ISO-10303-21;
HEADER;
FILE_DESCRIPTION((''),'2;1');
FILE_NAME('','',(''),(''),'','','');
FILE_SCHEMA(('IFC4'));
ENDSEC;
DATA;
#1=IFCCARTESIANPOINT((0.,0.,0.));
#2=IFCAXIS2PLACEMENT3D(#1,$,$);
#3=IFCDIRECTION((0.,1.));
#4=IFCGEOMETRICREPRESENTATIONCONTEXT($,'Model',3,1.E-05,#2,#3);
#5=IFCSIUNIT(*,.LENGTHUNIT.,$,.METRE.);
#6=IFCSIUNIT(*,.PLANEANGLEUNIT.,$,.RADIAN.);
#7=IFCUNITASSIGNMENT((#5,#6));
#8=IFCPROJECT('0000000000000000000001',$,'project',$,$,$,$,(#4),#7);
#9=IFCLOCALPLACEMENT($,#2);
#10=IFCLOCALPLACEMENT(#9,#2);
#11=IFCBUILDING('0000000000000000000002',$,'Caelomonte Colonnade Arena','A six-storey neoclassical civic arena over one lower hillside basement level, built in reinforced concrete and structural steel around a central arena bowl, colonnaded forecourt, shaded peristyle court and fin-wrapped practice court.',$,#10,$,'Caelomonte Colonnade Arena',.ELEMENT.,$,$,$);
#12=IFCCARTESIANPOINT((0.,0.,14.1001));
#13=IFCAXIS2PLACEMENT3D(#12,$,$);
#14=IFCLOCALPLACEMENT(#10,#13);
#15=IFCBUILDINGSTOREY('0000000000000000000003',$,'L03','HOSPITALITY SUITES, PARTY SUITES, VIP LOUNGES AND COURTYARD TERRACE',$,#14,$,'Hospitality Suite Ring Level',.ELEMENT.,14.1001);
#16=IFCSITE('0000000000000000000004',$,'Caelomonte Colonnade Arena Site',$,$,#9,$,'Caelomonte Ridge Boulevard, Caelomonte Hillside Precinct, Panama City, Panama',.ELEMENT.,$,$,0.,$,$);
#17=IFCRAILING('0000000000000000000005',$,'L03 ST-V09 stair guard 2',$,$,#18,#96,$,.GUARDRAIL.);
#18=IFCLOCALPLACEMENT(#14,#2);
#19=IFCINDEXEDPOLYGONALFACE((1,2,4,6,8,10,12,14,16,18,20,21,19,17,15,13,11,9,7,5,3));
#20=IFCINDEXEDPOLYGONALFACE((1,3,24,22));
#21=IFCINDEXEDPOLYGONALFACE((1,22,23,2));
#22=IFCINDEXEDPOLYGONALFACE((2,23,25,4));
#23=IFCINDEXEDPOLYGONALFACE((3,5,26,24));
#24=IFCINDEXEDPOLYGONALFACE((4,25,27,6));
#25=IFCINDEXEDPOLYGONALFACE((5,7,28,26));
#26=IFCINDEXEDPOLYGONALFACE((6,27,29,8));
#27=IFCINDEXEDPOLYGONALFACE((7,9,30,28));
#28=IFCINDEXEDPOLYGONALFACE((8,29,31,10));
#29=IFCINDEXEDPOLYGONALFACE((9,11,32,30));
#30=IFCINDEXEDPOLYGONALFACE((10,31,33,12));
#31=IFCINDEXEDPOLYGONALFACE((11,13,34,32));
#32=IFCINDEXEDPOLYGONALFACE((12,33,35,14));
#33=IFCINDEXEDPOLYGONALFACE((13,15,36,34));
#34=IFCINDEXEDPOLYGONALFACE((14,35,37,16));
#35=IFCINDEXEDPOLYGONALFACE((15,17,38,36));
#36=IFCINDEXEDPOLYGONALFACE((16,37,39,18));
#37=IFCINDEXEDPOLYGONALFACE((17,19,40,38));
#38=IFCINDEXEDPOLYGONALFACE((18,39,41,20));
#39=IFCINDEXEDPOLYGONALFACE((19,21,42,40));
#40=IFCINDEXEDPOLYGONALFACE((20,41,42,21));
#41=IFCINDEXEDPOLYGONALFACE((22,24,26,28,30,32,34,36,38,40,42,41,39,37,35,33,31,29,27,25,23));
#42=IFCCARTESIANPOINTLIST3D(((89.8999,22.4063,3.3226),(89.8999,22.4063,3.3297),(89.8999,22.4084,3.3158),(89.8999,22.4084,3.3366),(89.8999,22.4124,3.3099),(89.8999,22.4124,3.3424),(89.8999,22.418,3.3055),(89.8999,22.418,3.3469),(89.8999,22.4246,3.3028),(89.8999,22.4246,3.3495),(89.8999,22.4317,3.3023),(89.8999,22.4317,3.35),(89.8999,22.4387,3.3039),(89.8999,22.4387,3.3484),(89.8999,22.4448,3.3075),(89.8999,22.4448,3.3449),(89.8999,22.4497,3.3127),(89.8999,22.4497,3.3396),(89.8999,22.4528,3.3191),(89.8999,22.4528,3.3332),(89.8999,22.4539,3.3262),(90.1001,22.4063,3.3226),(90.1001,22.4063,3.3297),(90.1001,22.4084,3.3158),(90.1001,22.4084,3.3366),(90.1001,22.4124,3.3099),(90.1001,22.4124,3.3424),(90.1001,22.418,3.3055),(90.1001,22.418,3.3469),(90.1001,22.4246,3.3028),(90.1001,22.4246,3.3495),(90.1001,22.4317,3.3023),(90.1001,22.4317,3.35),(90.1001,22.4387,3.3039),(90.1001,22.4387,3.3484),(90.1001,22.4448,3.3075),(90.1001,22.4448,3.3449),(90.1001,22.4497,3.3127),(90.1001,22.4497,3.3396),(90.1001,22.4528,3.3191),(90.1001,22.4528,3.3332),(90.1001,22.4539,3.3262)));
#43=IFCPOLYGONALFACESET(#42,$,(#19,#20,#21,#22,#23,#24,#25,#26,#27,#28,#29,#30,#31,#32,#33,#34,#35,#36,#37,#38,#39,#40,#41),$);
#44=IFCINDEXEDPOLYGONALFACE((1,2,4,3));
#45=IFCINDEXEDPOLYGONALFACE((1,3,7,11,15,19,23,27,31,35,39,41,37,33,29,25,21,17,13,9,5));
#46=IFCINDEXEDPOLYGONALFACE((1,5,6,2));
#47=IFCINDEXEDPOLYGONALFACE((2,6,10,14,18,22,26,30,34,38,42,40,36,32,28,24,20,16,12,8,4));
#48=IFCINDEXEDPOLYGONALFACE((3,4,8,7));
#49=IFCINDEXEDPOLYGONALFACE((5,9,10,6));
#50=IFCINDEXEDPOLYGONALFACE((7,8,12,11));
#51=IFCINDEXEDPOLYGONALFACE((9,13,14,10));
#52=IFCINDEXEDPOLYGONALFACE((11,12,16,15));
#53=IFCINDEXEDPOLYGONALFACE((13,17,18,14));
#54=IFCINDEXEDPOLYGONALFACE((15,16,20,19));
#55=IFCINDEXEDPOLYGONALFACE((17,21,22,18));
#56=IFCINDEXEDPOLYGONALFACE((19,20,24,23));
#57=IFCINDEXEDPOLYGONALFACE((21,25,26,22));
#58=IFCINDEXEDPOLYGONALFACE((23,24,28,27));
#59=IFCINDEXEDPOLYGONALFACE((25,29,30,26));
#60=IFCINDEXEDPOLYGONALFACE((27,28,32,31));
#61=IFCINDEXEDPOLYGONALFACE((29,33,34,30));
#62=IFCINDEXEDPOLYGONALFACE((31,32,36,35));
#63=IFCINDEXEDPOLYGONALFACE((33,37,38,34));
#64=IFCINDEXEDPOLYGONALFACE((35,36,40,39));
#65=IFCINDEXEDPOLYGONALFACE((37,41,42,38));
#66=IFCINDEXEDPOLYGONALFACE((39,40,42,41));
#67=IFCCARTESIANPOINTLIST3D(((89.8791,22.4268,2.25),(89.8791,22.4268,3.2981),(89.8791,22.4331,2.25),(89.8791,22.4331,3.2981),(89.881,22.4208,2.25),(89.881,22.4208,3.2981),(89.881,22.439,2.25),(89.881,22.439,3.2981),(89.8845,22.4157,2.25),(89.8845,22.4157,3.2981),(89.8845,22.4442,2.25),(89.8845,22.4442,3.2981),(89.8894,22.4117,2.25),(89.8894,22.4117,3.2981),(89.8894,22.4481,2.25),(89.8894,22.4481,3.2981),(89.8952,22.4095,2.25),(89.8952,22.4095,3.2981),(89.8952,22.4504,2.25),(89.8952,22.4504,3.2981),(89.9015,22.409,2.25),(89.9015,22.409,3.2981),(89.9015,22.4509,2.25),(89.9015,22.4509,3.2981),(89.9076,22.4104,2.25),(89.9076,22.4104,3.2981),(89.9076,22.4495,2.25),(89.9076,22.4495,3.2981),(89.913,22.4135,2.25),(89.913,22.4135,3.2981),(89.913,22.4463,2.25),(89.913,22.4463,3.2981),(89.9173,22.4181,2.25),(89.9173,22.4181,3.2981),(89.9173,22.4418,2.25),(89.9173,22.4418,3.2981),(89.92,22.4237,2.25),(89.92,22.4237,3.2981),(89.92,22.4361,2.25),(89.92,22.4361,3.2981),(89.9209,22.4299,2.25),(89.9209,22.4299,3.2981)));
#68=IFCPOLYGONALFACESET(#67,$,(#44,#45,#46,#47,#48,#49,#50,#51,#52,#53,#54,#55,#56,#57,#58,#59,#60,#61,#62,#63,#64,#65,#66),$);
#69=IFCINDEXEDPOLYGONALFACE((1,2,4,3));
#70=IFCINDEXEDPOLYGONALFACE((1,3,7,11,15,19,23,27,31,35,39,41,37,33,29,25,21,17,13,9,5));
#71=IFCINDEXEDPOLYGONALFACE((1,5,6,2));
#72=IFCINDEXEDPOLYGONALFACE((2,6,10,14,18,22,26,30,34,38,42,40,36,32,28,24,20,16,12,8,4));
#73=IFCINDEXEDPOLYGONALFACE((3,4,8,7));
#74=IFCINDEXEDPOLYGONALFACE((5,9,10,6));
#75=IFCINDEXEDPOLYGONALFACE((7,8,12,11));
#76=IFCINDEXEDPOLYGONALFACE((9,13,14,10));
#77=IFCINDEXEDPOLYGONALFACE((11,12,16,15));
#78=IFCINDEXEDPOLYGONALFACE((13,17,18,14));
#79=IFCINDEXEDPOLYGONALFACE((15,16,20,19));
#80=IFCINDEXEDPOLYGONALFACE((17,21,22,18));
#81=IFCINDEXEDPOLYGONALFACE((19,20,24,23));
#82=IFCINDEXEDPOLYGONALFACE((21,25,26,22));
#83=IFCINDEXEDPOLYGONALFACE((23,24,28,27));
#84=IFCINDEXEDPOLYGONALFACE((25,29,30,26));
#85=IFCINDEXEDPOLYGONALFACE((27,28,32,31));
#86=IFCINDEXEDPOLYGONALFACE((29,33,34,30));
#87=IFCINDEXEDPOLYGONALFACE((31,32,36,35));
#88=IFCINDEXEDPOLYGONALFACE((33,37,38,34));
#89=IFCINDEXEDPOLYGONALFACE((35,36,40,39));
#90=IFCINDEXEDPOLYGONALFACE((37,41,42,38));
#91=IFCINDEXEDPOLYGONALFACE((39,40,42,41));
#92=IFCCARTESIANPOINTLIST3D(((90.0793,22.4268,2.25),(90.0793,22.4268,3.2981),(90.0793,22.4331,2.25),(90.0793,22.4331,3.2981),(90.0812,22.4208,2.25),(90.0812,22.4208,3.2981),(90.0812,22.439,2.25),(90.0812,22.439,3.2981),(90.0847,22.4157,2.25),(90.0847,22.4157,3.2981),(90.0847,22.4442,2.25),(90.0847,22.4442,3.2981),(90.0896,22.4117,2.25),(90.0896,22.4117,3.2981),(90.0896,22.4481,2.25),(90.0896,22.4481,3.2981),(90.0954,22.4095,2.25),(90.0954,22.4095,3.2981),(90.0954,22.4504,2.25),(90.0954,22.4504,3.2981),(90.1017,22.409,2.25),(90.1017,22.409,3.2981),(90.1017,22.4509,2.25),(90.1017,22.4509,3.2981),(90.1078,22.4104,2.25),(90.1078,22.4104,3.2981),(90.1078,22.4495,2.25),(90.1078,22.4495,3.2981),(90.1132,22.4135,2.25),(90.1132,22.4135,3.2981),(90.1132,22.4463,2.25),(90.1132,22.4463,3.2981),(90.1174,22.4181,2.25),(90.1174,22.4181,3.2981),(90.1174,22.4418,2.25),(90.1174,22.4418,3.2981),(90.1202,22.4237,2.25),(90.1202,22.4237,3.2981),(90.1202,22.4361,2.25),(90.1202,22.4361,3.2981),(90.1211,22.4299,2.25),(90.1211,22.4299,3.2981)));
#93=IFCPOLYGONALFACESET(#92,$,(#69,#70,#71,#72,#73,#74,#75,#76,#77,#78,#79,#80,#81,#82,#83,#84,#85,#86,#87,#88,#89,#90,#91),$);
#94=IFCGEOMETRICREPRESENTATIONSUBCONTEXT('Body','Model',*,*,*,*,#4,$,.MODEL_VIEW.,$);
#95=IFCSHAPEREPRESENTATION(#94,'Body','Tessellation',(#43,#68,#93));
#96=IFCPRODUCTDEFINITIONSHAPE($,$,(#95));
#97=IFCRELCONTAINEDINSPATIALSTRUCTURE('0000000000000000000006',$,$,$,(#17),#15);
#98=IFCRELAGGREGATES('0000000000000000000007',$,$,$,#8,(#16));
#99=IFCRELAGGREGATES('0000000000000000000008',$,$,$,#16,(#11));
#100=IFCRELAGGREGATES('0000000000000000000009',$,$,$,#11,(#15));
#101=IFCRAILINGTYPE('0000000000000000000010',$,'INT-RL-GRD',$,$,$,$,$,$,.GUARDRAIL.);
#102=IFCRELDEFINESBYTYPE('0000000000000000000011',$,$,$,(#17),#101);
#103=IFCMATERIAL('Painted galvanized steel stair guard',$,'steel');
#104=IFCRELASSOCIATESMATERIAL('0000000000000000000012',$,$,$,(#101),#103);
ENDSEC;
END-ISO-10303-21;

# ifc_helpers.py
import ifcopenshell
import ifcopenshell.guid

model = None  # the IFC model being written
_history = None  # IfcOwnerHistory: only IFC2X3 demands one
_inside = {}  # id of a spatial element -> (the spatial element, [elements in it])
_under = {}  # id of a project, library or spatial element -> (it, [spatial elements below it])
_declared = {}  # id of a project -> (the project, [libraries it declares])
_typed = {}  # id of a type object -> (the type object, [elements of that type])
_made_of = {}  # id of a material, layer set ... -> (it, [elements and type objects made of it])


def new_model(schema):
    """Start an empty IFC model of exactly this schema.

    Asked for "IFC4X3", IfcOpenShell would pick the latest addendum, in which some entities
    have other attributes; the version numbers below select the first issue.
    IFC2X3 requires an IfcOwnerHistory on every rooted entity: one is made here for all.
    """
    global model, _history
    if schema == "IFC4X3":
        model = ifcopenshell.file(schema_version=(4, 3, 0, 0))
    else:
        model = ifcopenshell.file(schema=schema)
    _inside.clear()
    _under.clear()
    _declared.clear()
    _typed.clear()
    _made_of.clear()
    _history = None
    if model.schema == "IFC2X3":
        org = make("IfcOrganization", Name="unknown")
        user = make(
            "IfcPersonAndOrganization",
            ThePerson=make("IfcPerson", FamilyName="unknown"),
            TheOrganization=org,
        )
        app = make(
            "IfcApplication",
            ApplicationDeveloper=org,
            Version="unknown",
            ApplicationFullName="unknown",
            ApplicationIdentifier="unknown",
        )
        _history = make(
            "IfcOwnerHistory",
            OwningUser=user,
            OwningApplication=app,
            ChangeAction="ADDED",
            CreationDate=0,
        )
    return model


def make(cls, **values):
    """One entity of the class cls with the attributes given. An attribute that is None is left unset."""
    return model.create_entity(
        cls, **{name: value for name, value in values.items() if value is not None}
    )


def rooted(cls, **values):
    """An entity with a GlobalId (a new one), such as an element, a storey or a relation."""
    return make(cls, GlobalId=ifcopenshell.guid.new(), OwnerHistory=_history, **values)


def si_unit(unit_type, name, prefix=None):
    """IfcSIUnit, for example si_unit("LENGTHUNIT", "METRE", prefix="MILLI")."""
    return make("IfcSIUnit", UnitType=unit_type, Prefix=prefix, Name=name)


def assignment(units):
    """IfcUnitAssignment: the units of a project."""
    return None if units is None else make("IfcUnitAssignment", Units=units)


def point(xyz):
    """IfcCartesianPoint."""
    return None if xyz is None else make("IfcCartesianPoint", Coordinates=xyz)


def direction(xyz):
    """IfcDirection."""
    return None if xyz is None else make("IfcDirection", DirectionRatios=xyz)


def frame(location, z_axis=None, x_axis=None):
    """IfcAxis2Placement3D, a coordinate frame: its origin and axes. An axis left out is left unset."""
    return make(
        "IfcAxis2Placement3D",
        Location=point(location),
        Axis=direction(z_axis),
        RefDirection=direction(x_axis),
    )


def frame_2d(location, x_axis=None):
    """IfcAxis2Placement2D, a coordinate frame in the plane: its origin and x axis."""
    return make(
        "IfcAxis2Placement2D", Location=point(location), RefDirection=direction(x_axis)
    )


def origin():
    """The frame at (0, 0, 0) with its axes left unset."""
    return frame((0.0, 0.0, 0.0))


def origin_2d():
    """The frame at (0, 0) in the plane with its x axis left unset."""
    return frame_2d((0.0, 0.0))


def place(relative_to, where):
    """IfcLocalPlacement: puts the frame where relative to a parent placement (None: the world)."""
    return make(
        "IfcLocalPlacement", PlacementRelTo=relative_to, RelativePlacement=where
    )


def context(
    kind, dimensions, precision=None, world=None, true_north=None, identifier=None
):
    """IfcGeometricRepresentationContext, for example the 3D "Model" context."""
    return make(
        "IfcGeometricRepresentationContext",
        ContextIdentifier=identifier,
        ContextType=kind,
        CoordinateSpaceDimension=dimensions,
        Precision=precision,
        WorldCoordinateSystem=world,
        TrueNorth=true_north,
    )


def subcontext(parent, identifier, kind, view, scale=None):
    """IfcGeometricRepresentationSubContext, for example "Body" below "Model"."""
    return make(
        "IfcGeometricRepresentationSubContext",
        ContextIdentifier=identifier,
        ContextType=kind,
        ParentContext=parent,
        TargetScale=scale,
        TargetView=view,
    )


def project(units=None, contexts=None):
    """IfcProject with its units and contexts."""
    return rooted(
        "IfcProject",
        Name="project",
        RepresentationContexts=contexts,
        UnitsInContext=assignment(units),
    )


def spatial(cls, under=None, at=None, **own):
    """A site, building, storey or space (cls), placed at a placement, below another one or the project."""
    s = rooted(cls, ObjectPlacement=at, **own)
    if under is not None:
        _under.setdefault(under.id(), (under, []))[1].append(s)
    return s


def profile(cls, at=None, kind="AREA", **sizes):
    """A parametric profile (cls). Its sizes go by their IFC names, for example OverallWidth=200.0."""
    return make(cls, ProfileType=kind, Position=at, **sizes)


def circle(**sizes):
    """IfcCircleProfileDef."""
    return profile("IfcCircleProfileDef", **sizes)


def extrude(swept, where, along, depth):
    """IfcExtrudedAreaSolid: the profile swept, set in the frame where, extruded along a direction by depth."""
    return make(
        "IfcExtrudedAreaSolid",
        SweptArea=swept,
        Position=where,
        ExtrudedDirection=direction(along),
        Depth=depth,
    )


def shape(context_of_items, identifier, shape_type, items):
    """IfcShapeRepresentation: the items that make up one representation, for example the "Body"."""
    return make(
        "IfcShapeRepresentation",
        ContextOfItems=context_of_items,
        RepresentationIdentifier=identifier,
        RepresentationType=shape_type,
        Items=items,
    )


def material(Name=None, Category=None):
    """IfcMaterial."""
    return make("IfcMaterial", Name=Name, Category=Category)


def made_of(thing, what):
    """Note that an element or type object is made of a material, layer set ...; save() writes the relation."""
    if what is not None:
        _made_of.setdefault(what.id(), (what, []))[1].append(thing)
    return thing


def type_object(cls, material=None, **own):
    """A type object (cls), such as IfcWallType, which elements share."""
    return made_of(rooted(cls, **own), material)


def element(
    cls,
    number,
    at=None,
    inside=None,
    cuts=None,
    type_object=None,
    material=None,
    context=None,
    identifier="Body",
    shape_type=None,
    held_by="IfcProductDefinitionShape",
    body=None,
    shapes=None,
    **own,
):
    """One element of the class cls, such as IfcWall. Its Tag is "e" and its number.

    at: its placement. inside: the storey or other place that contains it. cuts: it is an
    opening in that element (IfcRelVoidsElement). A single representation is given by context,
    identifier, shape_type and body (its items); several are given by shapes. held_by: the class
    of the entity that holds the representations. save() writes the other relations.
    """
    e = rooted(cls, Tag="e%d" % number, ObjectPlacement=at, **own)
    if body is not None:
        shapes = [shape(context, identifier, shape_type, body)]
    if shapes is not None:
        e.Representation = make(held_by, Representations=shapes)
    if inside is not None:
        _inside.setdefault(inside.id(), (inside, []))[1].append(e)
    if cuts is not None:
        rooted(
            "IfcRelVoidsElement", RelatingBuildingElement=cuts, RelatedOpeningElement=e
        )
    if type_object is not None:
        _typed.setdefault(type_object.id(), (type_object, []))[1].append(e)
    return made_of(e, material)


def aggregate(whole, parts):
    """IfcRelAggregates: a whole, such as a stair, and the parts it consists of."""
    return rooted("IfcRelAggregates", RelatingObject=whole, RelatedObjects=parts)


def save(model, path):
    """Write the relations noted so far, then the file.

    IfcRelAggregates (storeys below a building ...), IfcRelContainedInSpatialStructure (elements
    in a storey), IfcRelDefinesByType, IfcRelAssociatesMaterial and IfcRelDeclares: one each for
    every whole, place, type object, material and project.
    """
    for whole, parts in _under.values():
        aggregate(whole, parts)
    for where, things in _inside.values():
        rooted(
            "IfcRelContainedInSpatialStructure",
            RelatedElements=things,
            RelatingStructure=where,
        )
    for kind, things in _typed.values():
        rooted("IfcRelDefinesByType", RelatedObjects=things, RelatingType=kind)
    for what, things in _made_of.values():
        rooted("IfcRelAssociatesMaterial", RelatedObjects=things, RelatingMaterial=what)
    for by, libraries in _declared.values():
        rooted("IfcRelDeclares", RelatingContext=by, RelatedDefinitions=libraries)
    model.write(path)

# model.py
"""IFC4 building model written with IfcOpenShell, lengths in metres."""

from ifc_helpers import new_model, si_unit, direction, frame, origin, origin_2d, place, context, subcontext, project, spatial, circle, extrude, material, type_object, element, save


model = new_model("IFC4")

# Units and contexts
model_context = context("Model", 3, precision=1e-05, world=origin(), true_north=direction((0.0, 1.0)))
body_context = subcontext(model_context, "Body", "Model", "MODEL_VIEW")
ifc_project = project(units=[si_unit("LENGTHUNIT", "METRE"), si_unit("PLANEANGLEUNIT", "RADIAN")], contexts=[model_context])

# Site, building, storey
site_placement = place(None, origin())
site = spatial("IfcSite", under=ifc_project, at=site_placement, Name="Caelomonte Colonnade Arena Site", LongName="Caelomonte Ridge Boulevard, Caelomonte Hillside Precinct, Panama City, Panama", CompositionType="ELEMENT", RefElevation=0.0)
building_placement = place(site_placement, origin())
building = spatial("IfcBuilding", under=site, at=building_placement, Name="Caelomonte Colonnade Arena", Description="A six-storey neoclassical civic arena over one lower hillside basement level, built in reinforced concrete and structural steel around a central arena bowl, colonnaded forecourt, shaded peristyle court and fin-wrapped practice court.", LongName="Caelomonte Colonnade Arena", CompositionType="ELEMENT")
storey_placement = place(building_placement, frame((0.0, 0.0, 14.1001)))
storey = spatial("IfcBuildingStorey", under=building, at=storey_placement, Name="L03", Description="HOSPITALITY SUITES, PARTY SUITES, VIP LOUNGES AND COURTYARD TERRACE", LongName="Hospitality Suite Ring Level", CompositionType="ELEMENT", Elevation=14.1001)

# Railing
ifc_material_1 = material(Name="Painted galvanized steel stair guard", Category="steel")
railing_type_1 = type_object("IfcRailingType", Name="INT-RL-GRD", PredefinedType="GUARDRAIL", material=ifc_material_1)
railing_1_placement = place(storey_placement, frame((89.8999, 22.4299, 2.25)))
element("IfcRailing", 1, at=railing_1_placement, inside=storey, type_object=railing_type_1, Name="L03 ST-V09 stair guard 2", PredefinedType="GUARDRAIL", context=body_context, shape_type="SweptSolid", body=[
    extrude(circle(Radius=0.0239, at=origin_2d()), frame((0.0, 0.0, 1.0762), z_axis=(1.0, 0.0, 0.0), x_axis=(0.0, 1.0, 0.0)), (0.0, 0.0, 1.0), 0.2002),
    extrude(circle(Radius=0.021, at=origin_2d()), origin(), (0.0, 0.0, 1.0), 1.0481),
    extrude(circle(Radius=0.021, at=origin_2d()), frame((0.2002, 0.0, 0.0)), (0.0, 0.0, 1.0), 1.0481),
])

save(model, "model.ifc")
